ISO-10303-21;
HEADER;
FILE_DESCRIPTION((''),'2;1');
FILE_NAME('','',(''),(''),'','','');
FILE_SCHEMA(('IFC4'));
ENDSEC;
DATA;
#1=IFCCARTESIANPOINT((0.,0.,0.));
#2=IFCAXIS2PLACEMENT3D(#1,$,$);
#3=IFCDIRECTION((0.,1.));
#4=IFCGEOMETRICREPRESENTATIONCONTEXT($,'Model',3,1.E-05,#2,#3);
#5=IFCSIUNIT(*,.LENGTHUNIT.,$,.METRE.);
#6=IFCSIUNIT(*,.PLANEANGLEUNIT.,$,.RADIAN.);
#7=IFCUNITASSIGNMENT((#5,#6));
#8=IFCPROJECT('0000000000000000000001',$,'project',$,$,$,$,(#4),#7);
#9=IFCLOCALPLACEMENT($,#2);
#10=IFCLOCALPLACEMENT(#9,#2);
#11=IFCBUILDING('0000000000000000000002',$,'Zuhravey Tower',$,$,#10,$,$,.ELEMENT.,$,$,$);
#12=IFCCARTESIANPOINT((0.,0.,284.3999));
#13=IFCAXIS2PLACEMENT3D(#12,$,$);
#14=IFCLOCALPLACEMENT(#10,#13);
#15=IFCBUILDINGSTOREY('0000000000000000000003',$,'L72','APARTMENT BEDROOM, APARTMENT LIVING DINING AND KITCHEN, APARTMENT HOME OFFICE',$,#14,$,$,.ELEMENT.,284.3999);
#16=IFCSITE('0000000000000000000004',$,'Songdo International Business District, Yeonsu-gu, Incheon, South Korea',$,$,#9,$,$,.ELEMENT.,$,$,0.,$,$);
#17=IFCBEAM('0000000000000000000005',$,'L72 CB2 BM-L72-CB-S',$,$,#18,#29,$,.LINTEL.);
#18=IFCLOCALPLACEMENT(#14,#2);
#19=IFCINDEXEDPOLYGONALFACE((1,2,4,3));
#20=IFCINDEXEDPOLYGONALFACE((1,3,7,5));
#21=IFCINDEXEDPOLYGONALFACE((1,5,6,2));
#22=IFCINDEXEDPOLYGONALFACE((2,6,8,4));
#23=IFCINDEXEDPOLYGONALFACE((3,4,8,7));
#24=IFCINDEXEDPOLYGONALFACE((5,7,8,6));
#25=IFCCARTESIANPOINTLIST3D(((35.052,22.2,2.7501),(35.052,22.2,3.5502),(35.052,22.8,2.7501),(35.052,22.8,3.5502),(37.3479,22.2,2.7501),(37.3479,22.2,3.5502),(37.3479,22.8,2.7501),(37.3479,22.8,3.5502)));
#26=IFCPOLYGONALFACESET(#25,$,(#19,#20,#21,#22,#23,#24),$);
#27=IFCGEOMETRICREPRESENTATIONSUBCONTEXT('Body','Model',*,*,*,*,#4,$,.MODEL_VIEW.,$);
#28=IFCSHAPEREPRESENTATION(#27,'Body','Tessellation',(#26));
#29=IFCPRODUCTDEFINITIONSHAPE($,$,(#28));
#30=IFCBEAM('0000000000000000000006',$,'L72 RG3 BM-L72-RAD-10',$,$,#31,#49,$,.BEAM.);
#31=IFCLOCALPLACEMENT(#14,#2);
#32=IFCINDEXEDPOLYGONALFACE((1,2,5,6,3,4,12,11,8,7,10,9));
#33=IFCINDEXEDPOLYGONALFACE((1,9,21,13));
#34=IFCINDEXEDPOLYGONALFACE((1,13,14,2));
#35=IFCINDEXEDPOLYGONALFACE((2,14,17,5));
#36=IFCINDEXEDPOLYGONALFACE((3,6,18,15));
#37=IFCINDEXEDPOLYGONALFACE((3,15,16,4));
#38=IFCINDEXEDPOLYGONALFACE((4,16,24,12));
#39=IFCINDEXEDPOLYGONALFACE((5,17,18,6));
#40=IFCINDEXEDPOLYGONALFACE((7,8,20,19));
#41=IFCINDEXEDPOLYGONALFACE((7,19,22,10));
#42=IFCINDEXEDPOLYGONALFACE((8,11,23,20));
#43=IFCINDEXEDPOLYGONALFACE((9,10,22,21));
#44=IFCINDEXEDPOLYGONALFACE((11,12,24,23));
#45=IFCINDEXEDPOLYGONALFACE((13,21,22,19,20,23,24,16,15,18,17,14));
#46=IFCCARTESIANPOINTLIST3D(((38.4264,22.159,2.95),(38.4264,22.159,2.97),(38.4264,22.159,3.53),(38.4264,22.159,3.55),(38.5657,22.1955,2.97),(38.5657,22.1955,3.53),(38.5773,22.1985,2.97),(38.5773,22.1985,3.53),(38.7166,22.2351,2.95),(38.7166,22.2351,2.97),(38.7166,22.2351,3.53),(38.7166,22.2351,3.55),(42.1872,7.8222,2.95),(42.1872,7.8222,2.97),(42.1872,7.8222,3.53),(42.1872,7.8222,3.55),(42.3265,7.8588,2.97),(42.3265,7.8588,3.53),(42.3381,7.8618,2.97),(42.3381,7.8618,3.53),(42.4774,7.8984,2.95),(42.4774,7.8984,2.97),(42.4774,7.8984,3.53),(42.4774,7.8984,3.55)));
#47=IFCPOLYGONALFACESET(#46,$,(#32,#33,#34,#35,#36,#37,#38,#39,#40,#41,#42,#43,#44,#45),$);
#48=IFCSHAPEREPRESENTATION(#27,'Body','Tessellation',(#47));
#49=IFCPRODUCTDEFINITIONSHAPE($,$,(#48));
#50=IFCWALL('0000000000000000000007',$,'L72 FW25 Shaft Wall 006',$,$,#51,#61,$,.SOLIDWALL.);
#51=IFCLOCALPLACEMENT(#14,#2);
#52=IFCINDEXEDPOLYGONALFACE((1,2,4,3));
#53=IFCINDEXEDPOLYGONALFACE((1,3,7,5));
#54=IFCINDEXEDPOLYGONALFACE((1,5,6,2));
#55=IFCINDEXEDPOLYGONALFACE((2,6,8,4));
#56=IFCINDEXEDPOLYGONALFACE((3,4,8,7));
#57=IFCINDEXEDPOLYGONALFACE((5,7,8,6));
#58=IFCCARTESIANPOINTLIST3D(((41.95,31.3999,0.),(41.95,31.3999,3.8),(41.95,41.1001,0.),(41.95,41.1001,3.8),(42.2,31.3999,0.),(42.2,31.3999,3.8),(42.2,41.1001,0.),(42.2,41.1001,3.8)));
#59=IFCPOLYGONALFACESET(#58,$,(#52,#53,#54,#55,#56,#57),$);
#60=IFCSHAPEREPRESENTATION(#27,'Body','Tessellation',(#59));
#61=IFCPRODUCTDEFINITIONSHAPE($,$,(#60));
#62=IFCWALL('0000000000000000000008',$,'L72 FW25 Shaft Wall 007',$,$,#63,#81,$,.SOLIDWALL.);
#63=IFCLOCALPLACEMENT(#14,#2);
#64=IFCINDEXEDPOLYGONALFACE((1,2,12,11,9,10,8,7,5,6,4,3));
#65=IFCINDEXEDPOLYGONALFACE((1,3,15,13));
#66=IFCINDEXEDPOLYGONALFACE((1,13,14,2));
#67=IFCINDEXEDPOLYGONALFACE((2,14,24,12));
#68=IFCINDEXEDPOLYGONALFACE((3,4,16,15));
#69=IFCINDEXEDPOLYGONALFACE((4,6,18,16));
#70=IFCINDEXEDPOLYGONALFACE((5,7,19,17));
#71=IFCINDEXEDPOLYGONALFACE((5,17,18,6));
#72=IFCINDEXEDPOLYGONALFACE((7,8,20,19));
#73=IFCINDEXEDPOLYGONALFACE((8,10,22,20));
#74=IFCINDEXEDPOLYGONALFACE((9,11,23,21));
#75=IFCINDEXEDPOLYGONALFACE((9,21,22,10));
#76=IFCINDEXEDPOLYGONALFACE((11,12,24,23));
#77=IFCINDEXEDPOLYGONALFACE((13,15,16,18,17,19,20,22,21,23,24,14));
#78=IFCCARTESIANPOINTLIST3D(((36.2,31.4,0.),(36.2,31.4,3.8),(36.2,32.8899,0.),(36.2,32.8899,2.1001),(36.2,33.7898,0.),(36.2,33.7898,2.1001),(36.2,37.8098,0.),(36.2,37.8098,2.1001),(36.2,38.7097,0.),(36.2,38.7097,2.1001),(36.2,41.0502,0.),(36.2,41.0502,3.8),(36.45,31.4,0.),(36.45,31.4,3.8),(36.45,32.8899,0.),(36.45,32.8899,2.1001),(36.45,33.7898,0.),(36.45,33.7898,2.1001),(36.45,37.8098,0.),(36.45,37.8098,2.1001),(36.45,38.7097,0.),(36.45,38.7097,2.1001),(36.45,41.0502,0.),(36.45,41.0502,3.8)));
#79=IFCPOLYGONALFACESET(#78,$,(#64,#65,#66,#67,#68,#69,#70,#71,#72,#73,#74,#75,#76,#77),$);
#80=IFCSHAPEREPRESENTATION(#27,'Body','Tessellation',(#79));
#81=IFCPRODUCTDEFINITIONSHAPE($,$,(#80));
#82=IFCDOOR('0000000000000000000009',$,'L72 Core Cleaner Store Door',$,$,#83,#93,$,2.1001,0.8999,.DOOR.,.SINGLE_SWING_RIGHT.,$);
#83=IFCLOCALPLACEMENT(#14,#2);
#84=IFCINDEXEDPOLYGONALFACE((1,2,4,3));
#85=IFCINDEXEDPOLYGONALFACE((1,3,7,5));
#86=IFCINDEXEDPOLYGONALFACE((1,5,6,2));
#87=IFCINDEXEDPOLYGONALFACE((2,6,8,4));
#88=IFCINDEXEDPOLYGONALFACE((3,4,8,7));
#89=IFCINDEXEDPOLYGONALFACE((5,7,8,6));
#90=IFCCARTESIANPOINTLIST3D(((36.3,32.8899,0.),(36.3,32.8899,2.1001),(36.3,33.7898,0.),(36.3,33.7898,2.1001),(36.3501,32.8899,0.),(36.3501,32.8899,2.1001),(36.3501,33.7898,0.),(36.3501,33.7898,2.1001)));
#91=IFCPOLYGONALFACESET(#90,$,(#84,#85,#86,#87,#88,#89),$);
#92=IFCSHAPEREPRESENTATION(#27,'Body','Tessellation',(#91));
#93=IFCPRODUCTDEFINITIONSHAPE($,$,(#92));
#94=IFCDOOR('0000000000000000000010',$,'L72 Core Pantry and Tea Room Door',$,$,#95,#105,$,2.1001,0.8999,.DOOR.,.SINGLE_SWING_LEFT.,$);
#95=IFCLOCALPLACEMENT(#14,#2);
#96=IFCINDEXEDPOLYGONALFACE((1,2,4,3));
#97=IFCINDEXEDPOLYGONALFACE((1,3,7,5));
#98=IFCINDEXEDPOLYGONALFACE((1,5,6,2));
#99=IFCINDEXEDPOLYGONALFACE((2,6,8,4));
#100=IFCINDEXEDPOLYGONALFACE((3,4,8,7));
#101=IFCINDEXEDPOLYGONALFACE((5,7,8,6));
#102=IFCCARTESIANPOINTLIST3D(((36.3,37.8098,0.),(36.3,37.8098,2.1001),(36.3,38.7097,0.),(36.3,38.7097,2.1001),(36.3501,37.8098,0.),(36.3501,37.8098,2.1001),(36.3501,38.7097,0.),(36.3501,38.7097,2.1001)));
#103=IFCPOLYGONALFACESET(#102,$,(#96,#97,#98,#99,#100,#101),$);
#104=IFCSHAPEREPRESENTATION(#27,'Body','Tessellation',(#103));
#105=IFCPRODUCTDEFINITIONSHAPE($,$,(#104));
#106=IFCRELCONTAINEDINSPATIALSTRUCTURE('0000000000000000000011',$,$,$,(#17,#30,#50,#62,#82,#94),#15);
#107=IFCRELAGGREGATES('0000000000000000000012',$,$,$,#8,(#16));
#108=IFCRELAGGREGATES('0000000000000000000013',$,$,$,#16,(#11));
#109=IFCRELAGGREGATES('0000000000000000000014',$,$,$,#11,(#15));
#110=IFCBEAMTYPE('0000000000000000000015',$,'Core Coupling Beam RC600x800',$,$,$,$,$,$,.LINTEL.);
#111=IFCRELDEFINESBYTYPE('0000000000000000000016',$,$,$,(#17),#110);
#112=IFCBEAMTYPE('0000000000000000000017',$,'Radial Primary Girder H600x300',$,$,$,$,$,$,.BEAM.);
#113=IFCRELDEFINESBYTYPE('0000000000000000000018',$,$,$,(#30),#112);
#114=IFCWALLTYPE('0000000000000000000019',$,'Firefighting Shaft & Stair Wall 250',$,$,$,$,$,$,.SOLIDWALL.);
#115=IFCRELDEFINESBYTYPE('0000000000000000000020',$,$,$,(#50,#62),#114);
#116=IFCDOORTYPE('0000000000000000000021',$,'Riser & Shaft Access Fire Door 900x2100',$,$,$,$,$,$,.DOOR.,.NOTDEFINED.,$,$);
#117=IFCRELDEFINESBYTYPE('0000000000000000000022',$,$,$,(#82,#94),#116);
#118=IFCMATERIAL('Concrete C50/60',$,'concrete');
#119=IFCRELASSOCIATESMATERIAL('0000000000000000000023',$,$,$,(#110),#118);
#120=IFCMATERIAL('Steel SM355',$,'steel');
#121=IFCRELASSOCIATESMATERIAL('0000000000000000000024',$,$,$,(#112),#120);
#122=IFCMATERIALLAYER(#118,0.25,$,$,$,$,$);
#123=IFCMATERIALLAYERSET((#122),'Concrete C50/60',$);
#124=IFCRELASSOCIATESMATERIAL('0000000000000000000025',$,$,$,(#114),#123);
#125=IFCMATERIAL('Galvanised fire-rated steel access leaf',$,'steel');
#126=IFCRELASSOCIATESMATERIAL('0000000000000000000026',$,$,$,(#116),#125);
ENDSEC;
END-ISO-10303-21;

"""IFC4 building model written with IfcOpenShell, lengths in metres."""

from ifc_helpers import new_model, si_unit, direction, frame, frame_2d, origin, origin_2d, place, context, subcontext, project, spatial, rectangle, i_section, extrude, material, layer, layer_set, material_profile, profile_set, type_object, element, fill, save


model = new_model("IFC4")

# Units and contexts
model_context = context("Model", 3, precision=1e-05, world=origin(), true_north=direction((0.0, 1.0)))
body_context = subcontext(model_context, "Body", "Model", "MODEL_VIEW")
ifc_project = project(units=[si_unit("LENGTHUNIT", "METRE"), si_unit("PLANEANGLEUNIT", "RADIAN")], contexts=[model_context])

# Site, building, storey
site_placement = place(None, origin())
site = spatial("IfcSite", under=ifc_project, at=site_placement, Name="Songdo International Business District, Yeonsu-gu, Incheon, South Korea", CompositionType="ELEMENT", RefElevation=0.0)
building_placement = place(site_placement, origin())
building = spatial("IfcBuilding", under=site, at=building_placement, Name="Zuhravey Tower", CompositionType="ELEMENT")
storey_placement = place(building_placement, frame((0.0, 0.0, 284.3999)))
storey = spatial("IfcBuildingStorey", under=building, at=storey_placement, Name="L72", Description="APARTMENT BEDROOM, APARTMENT LIVING DINING AND KITCHEN, APARTMENT HOME OFFICE", CompositionType="ELEMENT", Elevation=284.3999)

# Beams
ifc_material_1 = material(Name="Concrete C50/60", Category="concrete")
ifc_material_profile_1 = material_profile(ifc_material_1, rectangle(XDim=0.6001, YDim=0.8, at=origin_2d()), Name="RC-600x800")
ifc_profile_set_1 = profile_set([ifc_material_profile_1], Name="Concrete C50/60")
beam_type_1 = type_object("IfcBeamType", Name="Core Coupling Beam RC600x800", PredefinedType="LINTEL", material=ifc_profile_set_1)
beam_1_placement = place(storey_placement, frame((35.052, 22.5, 3.1501), z_axis=(1.0, 0.0, 0.0), x_axis=(0.0, 1.0, 0.0)))
element("IfcBeam", 1, at=beam_1_placement, inside=storey, type_object=beam_type_1, Name="L72 CB2 BM-L72-CB-S", PredefinedType="LINTEL", context=body_context, shape_type="SweptSolid", body=[
    extrude(rectangle(XDim=0.6001, YDim=0.8, at=origin_2d()), origin(), (0.0, 0.0, 1.0), 2.2959),
])
ifc_material_2 = material(Name="Steel SM355", Category="steel")
ifc_material_profile_2 = material_profile(ifc_material_2, i_section(OverallWidth=0.3, OverallDepth=0.6001, WebThickness=0.012, FlangeThickness=0.02, at=origin_2d()), Name="H-600x300x12x20")
ifc_profile_set_2 = profile_set([ifc_material_profile_2], Name="Steel SM355")
beam_type_2 = type_object("IfcBeamType", Name="Radial Primary Girder H600x300", PredefinedType="BEAM", material=ifc_profile_set_2)
beam_2_placement = place(storey_placement, frame((38.5715, 22.197, 3.25), z_axis=(0.253732, -0.967275, 0.0), x_axis=(0.967275, 0.253732, 0.0)))
element("IfcBeam", 2, at=beam_2_placement, inside=storey, type_object=beam_type_2, Name="L72 RG3 BM-L72-RAD-10", PredefinedType="BEAM", context=body_context, shape_type="SweptSolid", body=[
    extrude(i_section(OverallWidth=0.3, OverallDepth=0.6001, WebThickness=0.012, FlangeThickness=0.02, at=origin_2d()), origin(), (0.0, 0.0, 1.0), 14.8218),
])

# Shared definitions
ifc_layer_1 = layer(ifc_material_1, 0.25)
ifc_layer_set_1 = layer_set([ifc_layer_1], Name="Concrete C50/60")
wall_type_1 = type_object("IfcWallType", Name="Firefighting Shaft & Stair Wall 250", PredefinedType="SOLIDWALL", material=ifc_layer_set_1)

# Wall
wall_1_placement = place(storey_placement, frame((42.075, 31.3999, 0.0), z_axis=(0.0, 0.0, 1.0), x_axis=(0.0, 1.0, 0.0)))
element("IfcWall", 3, at=wall_1_placement, inside=storey, type_object=wall_type_1, Name="L72 FW25 Shaft Wall 006", PredefinedType="SOLIDWALL", context=body_context, shape_type="SweptSolid", body=[
    extrude(rectangle(XDim=9.7002, YDim=0.25, at=frame_2d((4.8501, 0.0))), origin(), (0.0, 0.0, 1.0), 3.8),
])

# Wall, openings, doors
wall_2_placement = place(storey_placement, frame((36.325, 31.3999, 0.0), z_axis=(0.0, 0.0, 1.0), x_axis=(0.0, 1.0, 0.0)))
wall_2 = element("IfcWall", 4, at=wall_2_placement, inside=storey, type_object=wall_type_1, Name="L72 FW25 Shaft Wall 007", PredefinedType="SOLIDWALL", context=body_context, shape_type="SweptSolid", body=[
    extrude(rectangle(XDim=9.6501, YDim=0.25, at=frame_2d((4.8252, 0.0))), origin(), (0.0, 0.0, 1.0), 3.8),
])
opening_1_placement = place(wall_2_placement, frame((1.49, 0.0, 0.0)))
opening_1 = element("IfcOpeningElement", 5, at=opening_1_placement, cuts=wall_2, PredefinedType="OPENING", context=body_context, shape_type="SweptSolid", body=[
    extrude(rectangle(XDim=0.8999, YDim=2.1001, at=frame_2d((0.45, 1.05))), frame((0.0, 0.137, 0.0), z_axis=(0.0, -1.0, 0.0), x_axis=(1.0, 0.0, 0.0)), (0.0, 0.0, 1.0), 0.2739),
])
opening_2_placement = place(wall_2_placement, frame((6.4099, 0.0, 0.0)))
opening_2 = element("IfcOpeningElement", 6, at=opening_2_placement, cuts=wall_2, PredefinedType="OPENING", context=body_context, shape_type="SweptSolid", body=[
    extrude(rectangle(XDim=0.8999, YDim=2.1001, at=frame_2d((0.45, 1.05))), frame((0.0, 0.137, 0.0), z_axis=(0.0, -1.0, 0.0), x_axis=(1.0, 0.0, 0.0)), (0.0, 0.0, 1.0), 0.2739),
])
ifc_material_3 = material(Name="Galvanised fire-rated steel access leaf", Category="steel")
door_type_1 = type_object("IfcDoorType", Name="Riser & Shaft Access Fire Door 900x2100", OperationType="NOTDEFINED", PredefinedType="DOOR", material=ifc_material_3)
door_1_placement = place(opening_1_placement, origin())
door_1 = element("IfcDoor", 7, at=door_1_placement, inside=storey, type_object=door_type_1, Name="L72 Core Cleaner Store Door", OperationType="SINGLE_SWING_RIGHT", OverallHeight=2.1001, OverallWidth=0.8999, PredefinedType="DOOR", context=body_context, shape_type="SweptSolid", body=[
    extrude(rectangle(XDim=0.8999, YDim=2.1001, at=frame_2d((0.45, 1.05))), frame((0.0, 0.0249, 0.0), z_axis=(0.0, -1.0, 0.0), x_axis=(1.0, 0.0, 0.0)), (0.0, 0.0, 1.0), 0.05),
])
fill(opening_1, door_1)
door_2_placement = place(opening_2_placement, origin())
door_2 = element("IfcDoor", 8, at=door_2_placement, inside=storey, type_object=door_type_1, Name="L72 Core Pantry and Tea Room Door", OperationType="SINGLE_SWING_LEFT", OverallHeight=2.1001, OverallWidth=0.8999, PredefinedType="DOOR", context=body_context, shape_type="SweptSolid", body=[
    extrude(rectangle(XDim=0.8999, YDim=2.1001, at=frame_2d((0.45, 1.05))), frame((0.0, 0.0249, 0.0), z_axis=(0.0, -1.0, 0.0), x_axis=(1.0, 0.0, 0.0)), (0.0, 0.0, 1.0), 0.05),
])
fill(opening_2, door_2)

save(model, "model.ifc")
